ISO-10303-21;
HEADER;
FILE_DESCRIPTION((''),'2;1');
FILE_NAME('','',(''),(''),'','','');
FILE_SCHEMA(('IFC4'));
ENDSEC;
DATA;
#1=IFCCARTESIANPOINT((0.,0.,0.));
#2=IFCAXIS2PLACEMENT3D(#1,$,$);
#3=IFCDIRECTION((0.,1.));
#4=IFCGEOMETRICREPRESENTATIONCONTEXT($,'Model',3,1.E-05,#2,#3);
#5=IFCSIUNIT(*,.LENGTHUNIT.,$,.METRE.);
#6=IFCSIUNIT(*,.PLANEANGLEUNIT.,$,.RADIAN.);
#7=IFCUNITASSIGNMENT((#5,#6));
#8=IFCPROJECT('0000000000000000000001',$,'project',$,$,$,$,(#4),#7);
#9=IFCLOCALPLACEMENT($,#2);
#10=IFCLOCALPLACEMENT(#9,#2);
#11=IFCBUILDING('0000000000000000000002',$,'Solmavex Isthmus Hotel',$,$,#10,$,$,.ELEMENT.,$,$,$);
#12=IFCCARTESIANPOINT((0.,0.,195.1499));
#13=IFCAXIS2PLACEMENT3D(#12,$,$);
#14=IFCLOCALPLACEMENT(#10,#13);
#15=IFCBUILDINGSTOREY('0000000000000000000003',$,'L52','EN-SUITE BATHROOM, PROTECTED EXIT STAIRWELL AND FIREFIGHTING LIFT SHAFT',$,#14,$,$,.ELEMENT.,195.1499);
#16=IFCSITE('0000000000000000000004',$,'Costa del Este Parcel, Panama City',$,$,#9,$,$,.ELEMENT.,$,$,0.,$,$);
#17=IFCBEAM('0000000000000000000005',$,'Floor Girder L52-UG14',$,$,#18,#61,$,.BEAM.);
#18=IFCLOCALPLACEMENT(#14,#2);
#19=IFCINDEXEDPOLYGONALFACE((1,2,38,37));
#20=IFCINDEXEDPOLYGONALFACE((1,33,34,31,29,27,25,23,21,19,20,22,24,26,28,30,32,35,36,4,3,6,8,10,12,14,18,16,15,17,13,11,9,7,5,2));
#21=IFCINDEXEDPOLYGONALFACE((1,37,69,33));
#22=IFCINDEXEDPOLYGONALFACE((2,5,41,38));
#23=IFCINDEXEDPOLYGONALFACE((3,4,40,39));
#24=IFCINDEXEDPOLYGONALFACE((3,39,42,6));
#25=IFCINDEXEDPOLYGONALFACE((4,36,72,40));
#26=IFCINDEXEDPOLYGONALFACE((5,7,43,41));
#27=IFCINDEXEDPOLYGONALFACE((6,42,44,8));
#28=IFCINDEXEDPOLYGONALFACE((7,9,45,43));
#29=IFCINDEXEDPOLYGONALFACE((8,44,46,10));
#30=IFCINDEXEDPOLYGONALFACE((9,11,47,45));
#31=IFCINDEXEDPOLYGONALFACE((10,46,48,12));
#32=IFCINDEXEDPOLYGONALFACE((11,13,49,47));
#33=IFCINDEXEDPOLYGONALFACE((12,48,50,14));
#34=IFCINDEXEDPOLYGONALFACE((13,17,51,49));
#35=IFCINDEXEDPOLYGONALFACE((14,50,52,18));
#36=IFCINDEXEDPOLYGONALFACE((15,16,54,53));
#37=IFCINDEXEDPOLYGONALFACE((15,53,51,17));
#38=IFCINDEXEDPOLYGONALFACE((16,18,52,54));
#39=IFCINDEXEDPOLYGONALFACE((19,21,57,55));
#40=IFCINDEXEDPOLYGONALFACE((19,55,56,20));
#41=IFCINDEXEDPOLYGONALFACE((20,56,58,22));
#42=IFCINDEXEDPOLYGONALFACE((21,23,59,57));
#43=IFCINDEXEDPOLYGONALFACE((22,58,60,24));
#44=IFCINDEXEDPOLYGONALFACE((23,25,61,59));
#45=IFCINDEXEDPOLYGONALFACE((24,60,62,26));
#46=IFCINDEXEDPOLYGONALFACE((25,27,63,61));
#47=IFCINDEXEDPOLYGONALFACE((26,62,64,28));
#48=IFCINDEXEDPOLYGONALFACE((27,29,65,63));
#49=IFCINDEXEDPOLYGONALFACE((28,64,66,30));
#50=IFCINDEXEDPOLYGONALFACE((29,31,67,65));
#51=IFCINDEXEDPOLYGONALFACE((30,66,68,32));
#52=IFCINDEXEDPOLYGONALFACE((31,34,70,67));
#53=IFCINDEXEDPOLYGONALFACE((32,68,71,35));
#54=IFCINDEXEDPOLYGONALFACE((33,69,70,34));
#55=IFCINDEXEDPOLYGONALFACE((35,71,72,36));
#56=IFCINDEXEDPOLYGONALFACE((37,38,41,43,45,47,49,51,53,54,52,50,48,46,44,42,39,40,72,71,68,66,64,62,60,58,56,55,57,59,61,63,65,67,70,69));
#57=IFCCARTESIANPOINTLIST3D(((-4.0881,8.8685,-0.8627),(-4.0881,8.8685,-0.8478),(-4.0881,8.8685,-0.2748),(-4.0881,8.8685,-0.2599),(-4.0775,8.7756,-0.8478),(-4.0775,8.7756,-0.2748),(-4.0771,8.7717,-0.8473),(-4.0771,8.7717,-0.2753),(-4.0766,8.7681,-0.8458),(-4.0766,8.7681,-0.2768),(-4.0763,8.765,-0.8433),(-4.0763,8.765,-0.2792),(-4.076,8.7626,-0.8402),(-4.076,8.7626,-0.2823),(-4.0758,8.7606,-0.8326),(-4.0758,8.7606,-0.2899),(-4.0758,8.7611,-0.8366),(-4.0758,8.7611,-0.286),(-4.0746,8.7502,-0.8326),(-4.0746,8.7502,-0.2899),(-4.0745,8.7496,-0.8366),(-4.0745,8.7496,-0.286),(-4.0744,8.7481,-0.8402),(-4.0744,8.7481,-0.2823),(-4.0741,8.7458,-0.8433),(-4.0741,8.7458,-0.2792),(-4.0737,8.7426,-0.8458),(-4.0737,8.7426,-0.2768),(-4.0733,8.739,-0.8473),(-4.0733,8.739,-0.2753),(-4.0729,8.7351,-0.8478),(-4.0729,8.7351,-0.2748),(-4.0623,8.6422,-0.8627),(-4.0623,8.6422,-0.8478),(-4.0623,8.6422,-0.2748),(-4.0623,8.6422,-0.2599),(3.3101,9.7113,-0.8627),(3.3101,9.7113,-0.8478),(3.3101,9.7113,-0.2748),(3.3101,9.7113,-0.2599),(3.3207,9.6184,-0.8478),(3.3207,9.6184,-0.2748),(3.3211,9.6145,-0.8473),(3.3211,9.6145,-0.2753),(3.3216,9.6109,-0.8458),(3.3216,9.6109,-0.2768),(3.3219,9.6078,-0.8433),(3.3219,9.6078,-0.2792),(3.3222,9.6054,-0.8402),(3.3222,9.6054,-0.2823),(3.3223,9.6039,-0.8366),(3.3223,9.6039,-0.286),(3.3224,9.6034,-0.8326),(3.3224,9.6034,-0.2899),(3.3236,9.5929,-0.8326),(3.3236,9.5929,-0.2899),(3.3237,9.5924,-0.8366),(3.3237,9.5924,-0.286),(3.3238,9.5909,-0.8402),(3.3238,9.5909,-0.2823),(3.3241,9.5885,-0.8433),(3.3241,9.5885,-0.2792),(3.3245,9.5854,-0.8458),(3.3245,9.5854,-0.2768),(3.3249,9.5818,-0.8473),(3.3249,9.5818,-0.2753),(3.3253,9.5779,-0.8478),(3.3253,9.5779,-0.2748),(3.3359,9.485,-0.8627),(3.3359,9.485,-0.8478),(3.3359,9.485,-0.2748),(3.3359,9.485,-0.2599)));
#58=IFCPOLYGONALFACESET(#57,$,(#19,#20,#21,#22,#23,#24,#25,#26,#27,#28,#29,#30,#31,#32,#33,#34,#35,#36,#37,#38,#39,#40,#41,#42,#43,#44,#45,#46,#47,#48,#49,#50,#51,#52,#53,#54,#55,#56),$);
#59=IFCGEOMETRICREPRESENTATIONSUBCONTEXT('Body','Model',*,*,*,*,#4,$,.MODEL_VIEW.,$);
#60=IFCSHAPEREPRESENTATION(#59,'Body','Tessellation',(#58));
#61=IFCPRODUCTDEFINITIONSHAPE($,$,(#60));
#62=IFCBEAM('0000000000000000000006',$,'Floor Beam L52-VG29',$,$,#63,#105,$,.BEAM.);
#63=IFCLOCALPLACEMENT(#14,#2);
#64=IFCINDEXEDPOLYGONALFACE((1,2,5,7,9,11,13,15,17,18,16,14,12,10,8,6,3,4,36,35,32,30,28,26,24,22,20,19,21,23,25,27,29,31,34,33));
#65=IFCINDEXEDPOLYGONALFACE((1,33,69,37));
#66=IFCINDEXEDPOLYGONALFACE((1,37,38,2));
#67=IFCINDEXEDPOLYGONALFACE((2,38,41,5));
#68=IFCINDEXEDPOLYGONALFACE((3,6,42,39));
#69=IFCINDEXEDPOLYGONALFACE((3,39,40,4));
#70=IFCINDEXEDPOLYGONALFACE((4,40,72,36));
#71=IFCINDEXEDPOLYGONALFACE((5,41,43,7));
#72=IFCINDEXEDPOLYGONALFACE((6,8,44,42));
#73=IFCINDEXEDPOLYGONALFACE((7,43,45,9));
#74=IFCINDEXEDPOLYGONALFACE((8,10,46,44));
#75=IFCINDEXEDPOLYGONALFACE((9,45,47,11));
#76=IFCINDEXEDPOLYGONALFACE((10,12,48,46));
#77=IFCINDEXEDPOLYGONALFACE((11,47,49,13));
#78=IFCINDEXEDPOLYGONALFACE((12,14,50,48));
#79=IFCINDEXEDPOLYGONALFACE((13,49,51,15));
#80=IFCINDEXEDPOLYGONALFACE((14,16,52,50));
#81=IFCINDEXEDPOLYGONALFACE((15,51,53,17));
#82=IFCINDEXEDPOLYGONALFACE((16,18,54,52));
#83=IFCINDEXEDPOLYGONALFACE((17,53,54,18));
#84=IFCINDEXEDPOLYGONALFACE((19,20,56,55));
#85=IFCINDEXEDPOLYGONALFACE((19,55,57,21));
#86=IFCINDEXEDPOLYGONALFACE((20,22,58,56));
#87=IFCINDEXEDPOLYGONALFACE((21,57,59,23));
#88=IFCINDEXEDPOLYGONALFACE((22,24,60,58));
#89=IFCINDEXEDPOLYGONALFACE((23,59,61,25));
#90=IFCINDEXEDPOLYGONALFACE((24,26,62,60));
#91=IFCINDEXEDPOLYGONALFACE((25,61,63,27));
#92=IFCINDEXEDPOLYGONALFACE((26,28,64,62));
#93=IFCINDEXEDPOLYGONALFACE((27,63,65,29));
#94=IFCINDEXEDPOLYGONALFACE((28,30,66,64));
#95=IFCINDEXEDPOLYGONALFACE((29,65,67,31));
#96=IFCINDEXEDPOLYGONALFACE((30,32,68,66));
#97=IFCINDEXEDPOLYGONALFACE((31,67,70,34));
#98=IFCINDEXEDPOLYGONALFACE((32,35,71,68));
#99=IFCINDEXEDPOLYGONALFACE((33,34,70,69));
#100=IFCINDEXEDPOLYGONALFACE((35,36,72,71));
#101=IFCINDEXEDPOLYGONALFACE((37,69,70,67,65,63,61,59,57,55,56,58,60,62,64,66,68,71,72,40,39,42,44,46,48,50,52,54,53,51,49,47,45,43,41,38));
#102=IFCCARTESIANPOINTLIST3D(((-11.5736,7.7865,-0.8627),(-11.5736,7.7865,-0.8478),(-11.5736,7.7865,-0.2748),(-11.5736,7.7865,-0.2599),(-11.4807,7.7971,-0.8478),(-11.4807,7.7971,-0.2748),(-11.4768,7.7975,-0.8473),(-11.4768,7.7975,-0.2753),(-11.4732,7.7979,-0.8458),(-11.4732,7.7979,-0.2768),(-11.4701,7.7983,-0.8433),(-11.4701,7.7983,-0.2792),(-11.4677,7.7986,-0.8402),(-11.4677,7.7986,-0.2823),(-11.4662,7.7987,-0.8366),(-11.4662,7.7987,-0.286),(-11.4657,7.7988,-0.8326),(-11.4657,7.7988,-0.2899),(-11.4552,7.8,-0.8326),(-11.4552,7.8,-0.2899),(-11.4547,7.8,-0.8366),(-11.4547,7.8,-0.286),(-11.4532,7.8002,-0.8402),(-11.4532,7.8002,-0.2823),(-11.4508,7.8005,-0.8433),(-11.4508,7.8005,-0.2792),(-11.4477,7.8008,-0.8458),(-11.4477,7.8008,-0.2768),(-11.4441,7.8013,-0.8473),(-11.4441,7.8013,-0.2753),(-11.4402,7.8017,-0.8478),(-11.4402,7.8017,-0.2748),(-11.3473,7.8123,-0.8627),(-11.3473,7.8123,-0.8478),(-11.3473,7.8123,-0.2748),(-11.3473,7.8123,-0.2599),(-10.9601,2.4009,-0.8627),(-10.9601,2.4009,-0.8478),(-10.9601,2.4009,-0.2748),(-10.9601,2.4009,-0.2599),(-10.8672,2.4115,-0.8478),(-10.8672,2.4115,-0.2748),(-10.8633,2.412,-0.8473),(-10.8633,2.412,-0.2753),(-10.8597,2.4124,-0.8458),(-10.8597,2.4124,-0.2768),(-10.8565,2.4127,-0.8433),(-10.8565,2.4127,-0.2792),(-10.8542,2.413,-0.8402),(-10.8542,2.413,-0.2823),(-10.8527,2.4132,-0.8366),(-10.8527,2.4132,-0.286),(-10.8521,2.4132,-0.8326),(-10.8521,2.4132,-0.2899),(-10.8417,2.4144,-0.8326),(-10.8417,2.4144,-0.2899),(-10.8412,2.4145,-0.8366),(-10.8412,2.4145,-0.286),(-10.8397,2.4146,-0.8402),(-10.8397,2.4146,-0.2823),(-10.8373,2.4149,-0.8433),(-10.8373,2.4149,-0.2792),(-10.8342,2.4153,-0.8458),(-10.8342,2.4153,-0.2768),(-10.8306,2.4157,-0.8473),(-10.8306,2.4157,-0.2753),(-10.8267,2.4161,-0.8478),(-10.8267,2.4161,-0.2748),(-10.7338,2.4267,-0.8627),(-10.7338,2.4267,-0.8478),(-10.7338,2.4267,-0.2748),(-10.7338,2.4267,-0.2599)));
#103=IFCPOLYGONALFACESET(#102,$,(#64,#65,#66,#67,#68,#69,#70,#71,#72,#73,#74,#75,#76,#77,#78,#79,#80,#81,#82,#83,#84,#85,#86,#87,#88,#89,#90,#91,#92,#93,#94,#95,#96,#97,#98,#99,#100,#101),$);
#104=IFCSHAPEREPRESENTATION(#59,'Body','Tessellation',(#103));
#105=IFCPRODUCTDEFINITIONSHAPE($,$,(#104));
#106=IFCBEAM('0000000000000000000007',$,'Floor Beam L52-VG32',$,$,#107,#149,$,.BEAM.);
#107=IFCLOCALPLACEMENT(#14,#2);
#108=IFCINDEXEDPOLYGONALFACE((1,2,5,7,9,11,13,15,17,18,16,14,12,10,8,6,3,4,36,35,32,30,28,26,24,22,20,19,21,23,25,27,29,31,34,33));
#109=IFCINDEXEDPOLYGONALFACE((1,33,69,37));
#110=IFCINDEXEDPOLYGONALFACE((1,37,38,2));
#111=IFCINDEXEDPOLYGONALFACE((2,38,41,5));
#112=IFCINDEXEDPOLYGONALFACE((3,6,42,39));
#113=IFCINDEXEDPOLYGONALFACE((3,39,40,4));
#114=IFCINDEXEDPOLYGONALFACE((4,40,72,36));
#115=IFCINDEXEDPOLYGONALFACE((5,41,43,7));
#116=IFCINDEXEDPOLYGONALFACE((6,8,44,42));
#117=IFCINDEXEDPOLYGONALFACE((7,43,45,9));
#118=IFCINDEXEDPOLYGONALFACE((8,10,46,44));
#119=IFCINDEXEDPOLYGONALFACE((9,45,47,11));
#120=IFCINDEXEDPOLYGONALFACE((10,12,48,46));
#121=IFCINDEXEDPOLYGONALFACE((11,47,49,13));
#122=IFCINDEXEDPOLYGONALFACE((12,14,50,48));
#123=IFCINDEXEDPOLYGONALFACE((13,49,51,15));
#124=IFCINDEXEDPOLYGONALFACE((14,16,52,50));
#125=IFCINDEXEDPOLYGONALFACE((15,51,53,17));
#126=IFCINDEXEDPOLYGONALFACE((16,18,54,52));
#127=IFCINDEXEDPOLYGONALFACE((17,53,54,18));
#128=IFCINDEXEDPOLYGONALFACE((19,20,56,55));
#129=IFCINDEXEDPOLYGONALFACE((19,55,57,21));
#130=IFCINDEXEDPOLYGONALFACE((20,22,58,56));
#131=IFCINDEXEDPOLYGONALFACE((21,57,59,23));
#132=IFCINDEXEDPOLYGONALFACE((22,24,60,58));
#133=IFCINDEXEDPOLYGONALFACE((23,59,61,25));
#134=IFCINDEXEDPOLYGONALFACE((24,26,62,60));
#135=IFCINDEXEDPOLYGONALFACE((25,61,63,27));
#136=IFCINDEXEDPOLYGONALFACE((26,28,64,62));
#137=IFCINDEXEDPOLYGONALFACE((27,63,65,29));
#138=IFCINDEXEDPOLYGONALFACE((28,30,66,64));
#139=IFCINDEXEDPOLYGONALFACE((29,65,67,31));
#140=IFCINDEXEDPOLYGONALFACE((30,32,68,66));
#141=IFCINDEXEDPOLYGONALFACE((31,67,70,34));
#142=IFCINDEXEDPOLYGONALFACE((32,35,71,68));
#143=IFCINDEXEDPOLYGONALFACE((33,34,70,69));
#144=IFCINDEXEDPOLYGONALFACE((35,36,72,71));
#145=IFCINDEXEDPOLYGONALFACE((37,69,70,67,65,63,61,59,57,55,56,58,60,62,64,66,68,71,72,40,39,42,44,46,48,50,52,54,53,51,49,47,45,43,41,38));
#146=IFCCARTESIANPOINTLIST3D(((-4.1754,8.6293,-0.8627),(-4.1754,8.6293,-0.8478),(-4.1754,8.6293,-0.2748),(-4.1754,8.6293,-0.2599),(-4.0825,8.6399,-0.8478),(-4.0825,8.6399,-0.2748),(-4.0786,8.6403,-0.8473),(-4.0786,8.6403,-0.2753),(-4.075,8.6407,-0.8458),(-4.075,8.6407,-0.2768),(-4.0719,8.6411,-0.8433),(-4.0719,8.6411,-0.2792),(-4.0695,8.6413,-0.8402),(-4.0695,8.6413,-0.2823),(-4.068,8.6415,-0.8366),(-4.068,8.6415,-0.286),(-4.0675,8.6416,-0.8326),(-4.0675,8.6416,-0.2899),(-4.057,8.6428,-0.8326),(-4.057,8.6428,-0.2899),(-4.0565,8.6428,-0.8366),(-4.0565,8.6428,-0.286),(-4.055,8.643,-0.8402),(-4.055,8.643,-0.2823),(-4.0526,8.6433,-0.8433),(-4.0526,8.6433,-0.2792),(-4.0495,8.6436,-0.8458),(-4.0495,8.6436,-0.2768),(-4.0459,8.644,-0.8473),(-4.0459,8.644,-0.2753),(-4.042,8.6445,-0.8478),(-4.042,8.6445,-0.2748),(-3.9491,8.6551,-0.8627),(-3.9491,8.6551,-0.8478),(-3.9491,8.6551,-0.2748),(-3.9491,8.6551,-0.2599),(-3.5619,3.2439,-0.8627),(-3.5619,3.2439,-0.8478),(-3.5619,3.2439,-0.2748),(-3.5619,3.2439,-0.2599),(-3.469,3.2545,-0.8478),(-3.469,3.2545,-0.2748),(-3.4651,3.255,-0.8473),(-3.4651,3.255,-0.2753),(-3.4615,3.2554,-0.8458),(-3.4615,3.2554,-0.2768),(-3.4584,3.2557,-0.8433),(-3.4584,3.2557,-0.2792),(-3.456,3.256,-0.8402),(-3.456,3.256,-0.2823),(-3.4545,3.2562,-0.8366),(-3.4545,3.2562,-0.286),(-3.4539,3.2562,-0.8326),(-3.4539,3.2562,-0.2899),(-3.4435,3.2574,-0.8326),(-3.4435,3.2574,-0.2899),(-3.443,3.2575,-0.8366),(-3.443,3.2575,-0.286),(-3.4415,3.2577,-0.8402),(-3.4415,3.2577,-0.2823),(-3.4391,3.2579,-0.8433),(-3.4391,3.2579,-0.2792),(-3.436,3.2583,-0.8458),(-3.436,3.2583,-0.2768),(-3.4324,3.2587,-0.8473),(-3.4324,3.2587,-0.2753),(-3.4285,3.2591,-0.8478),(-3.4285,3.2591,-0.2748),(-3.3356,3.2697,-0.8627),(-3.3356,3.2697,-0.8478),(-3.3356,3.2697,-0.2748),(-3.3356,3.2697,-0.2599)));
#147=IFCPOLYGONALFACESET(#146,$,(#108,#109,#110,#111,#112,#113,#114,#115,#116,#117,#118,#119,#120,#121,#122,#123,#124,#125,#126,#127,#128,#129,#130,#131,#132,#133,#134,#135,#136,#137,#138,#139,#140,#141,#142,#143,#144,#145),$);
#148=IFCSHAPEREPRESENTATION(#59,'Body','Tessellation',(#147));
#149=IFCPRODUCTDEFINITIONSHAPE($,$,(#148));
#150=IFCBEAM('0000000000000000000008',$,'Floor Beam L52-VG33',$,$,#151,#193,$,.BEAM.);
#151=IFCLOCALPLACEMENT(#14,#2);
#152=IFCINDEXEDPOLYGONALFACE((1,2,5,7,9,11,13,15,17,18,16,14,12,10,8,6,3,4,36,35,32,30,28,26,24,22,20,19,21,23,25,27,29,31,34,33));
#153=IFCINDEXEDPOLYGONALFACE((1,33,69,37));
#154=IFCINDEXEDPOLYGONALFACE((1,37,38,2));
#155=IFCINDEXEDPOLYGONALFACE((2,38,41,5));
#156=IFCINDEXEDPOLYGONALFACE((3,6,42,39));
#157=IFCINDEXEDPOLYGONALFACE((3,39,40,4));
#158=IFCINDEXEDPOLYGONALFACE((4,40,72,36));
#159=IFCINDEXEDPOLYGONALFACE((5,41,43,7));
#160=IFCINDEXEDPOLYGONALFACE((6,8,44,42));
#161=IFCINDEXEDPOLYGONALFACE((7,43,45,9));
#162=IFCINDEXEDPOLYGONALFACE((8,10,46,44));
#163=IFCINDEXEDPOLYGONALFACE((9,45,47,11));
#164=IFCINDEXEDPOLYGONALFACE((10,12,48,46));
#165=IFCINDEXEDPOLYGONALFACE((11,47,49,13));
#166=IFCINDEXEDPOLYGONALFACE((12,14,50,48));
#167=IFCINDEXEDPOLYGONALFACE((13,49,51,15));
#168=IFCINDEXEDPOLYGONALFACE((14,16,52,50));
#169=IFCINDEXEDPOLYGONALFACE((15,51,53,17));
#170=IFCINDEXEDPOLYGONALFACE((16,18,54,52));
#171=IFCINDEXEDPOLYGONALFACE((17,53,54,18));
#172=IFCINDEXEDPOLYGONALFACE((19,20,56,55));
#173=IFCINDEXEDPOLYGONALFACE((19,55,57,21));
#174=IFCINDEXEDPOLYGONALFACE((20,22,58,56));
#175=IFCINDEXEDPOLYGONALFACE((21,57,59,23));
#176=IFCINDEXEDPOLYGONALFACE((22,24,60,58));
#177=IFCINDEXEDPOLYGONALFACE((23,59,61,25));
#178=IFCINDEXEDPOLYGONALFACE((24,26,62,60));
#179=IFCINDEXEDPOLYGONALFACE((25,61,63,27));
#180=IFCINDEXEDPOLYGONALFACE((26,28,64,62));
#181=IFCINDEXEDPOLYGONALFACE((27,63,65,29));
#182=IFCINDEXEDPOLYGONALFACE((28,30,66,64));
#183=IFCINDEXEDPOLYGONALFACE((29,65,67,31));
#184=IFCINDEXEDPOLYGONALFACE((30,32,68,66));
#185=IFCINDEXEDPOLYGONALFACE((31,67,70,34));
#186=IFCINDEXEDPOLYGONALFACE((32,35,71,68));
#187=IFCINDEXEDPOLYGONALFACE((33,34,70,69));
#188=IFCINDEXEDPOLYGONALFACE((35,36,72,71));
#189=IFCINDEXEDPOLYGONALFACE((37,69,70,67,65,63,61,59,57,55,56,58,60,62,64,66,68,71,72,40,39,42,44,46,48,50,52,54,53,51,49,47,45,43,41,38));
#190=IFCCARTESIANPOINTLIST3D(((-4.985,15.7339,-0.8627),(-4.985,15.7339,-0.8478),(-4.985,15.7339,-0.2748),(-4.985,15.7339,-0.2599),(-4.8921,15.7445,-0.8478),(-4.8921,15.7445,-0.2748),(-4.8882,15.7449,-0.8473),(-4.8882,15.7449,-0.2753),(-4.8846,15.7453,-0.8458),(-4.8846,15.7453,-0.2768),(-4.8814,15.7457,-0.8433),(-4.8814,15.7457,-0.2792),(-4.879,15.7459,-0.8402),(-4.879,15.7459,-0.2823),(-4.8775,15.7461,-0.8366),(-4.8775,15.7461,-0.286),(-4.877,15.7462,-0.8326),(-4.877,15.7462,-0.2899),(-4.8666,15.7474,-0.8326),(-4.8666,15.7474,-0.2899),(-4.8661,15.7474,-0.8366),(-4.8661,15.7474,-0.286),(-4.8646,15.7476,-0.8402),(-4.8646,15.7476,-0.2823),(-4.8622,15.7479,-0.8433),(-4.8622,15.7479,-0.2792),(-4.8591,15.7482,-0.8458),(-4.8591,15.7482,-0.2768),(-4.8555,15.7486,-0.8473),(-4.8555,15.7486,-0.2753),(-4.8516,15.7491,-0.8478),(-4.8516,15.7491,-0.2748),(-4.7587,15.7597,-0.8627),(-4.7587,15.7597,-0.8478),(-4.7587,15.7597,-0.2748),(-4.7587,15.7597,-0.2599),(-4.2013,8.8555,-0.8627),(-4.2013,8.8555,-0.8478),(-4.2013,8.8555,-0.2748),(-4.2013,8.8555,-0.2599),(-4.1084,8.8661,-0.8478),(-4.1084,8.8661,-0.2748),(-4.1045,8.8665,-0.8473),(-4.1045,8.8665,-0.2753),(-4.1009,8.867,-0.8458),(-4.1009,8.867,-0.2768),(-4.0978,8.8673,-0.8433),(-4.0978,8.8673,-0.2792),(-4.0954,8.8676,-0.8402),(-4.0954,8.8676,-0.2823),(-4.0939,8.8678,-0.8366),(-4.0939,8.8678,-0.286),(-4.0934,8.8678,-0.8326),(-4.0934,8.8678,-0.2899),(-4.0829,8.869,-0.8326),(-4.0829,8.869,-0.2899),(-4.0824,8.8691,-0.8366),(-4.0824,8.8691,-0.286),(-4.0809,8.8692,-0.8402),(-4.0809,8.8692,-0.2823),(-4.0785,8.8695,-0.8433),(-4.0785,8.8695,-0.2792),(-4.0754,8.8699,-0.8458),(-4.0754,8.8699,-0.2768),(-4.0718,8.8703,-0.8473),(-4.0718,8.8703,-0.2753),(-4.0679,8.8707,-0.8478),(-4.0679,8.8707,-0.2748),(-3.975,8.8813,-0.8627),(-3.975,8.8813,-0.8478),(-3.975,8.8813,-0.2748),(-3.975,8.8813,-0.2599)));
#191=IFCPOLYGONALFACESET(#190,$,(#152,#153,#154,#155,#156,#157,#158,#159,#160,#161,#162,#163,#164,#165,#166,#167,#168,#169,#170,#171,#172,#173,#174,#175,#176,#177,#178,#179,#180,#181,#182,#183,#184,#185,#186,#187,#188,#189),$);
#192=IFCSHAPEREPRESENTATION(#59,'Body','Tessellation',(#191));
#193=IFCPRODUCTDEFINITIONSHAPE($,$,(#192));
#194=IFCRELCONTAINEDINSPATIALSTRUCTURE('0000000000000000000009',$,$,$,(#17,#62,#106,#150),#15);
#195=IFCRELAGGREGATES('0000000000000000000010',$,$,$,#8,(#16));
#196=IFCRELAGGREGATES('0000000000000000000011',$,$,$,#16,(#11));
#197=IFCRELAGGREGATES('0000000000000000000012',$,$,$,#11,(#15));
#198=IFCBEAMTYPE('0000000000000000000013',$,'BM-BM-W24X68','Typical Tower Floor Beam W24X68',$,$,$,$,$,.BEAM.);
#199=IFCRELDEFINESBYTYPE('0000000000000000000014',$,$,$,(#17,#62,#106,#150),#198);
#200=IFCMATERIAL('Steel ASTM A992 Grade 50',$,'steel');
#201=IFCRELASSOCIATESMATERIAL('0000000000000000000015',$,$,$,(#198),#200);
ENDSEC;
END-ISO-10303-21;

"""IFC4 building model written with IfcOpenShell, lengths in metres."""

from ifc_helpers import new_model, si_unit, direction, frame, origin, origin_2d, place, context, subcontext, project, spatial, i_section, extrude, material, material_profile, profile_set, type_object, element, save


model = new_model("IFC4")

# Units and contexts
model_context = context("Model", 3, precision=1e-05, world=origin(), true_north=direction((0.0, 1.0)))
body_context = subcontext(model_context, "Body", "Model", "MODEL_VIEW")
ifc_project = project(units=[si_unit("LENGTHUNIT", "METRE"), si_unit("PLANEANGLEUNIT", "RADIAN")], contexts=[model_context])

# Site, building, storey
site_placement = place(None, origin())
site = spatial("IfcSite", under=ifc_project, at=site_placement, Name="Costa del Este Parcel, Panama City", CompositionType="ELEMENT", RefElevation=0.0)
building_placement = place(site_placement, origin())
building = spatial("IfcBuilding", under=site, at=building_placement, Name="Solmavex Isthmus Hotel", CompositionType="ELEMENT")
storey_placement = place(building_placement, frame((0.0, 0.0, 195.1499)))
storey = spatial("IfcBuildingStorey", under=building, at=storey_placement, Name="L52", Description="EN-SUITE BATHROOM, PROTECTED EXIT STAIRWELL AND FIREFIGHTING LIFT SHAFT", CompositionType="ELEMENT", Elevation=195.1499)

# Beams
ifc_material_1 = material(Name="Steel ASTM A992 Grade 50", Category="steel")
ifc_material_profile_1 = material_profile(ifc_material_1, i_section(OverallWidth=0.2278, OverallDepth=0.6028, WebThickness=0.0105, FlangeThickness=0.0149, FilletRadius=0.0151, at=origin_2d()), Name="W24X68")
ifc_profile_set_1 = profile_set([ifc_material_profile_1], Name="Steel ASTM A992 Grade 50")
beam_type_1 = type_object("IfcBeamType", Name="BM-BM-W24X68", Description="Typical Tower Floor Beam W24X68", PredefinedType="BEAM", material=ifc_profile_set_1)
for number, where, z_axis, x_axis, name in (
    (1, (-4.0752, 8.7554, -0.5613), (0.993574, 0.113184, 0.0), (-0.113184, 0.993574, 0.0), "Floor Girder L52-UG14"),
):
    element("IfcBeam", number, at=place(storey_placement, frame(where, z_axis=z_axis, x_axis=x_axis)), inside=storey, type_object=beam_type_1, Name=name, PredefinedType="BEAM", context=body_context, shape_type="SweptSolid", body=[
        extrude(i_section(OverallWidth=0.2278, OverallDepth=0.6028, WebThickness=0.0105, FlangeThickness=0.0149, FilletRadius=0.0151, at=origin_2d()), origin(), (0.0, 0.0, 1.0), 7.446),
    ])
beam_1_placement = place(storey_placement, frame((-10.8469, 2.4138, -0.5613), z_axis=(-0.11319, 0.993573, 0.0), x_axis=(-0.993573, -0.11319, 0.0)))
element("IfcBeam", 2, at=beam_1_placement, inside=storey, type_object=beam_type_1, Name="Floor Beam L52-VG29", PredefinedType="BEAM", context=body_context, shape_type="SweptSolid", body=[
    extrude(i_section(OverallWidth=0.2278, OverallDepth=0.6028, WebThickness=0.0105, FlangeThickness=0.0149, FilletRadius=0.0151, at=origin_2d()), origin(), (0.0, 0.0, 1.0), 5.4204),
])
beam_2_placement = place(storey_placement, frame((-3.4487, 3.2568, -0.5613), z_axis=(-0.113195, 0.993573, 0.0), x_axis=(-0.993573, -0.113195, 0.0)))
element("IfcBeam", 3, at=beam_2_placement, inside=storey, type_object=beam_type_1, Name="Floor Beam L52-VG32", PredefinedType="BEAM", context=body_context, shape_type="SweptSolid", body=[
    extrude(i_section(OverallWidth=0.2278, OverallDepth=0.6028, WebThickness=0.0105, FlangeThickness=0.0149, FilletRadius=0.0151, at=origin_2d()), origin(), (0.0, 0.0, 1.0), 5.4202),
])
beam_3_placement = place(storey_placement, frame((-4.0881, 8.8684, -0.5613), z_axis=(-0.113202, 0.993572, 0.0), x_axis=(-0.993572, -0.113202, 0.0)))
element("IfcBeam", 4, at=beam_3_placement, inside=storey, type_object=beam_type_1, Name="Floor Beam L52-VG33", PredefinedType="BEAM", context=body_context, shape_type="SweptSolid", body=[
    extrude(i_section(OverallWidth=0.2278, OverallDepth=0.6028, WebThickness=0.0105, FlangeThickness=0.0149, FilletRadius=0.0151, at=origin_2d()), origin(), (0.0, 0.0, 1.0), 6.9229),
])

save(model, "model.ifc")
